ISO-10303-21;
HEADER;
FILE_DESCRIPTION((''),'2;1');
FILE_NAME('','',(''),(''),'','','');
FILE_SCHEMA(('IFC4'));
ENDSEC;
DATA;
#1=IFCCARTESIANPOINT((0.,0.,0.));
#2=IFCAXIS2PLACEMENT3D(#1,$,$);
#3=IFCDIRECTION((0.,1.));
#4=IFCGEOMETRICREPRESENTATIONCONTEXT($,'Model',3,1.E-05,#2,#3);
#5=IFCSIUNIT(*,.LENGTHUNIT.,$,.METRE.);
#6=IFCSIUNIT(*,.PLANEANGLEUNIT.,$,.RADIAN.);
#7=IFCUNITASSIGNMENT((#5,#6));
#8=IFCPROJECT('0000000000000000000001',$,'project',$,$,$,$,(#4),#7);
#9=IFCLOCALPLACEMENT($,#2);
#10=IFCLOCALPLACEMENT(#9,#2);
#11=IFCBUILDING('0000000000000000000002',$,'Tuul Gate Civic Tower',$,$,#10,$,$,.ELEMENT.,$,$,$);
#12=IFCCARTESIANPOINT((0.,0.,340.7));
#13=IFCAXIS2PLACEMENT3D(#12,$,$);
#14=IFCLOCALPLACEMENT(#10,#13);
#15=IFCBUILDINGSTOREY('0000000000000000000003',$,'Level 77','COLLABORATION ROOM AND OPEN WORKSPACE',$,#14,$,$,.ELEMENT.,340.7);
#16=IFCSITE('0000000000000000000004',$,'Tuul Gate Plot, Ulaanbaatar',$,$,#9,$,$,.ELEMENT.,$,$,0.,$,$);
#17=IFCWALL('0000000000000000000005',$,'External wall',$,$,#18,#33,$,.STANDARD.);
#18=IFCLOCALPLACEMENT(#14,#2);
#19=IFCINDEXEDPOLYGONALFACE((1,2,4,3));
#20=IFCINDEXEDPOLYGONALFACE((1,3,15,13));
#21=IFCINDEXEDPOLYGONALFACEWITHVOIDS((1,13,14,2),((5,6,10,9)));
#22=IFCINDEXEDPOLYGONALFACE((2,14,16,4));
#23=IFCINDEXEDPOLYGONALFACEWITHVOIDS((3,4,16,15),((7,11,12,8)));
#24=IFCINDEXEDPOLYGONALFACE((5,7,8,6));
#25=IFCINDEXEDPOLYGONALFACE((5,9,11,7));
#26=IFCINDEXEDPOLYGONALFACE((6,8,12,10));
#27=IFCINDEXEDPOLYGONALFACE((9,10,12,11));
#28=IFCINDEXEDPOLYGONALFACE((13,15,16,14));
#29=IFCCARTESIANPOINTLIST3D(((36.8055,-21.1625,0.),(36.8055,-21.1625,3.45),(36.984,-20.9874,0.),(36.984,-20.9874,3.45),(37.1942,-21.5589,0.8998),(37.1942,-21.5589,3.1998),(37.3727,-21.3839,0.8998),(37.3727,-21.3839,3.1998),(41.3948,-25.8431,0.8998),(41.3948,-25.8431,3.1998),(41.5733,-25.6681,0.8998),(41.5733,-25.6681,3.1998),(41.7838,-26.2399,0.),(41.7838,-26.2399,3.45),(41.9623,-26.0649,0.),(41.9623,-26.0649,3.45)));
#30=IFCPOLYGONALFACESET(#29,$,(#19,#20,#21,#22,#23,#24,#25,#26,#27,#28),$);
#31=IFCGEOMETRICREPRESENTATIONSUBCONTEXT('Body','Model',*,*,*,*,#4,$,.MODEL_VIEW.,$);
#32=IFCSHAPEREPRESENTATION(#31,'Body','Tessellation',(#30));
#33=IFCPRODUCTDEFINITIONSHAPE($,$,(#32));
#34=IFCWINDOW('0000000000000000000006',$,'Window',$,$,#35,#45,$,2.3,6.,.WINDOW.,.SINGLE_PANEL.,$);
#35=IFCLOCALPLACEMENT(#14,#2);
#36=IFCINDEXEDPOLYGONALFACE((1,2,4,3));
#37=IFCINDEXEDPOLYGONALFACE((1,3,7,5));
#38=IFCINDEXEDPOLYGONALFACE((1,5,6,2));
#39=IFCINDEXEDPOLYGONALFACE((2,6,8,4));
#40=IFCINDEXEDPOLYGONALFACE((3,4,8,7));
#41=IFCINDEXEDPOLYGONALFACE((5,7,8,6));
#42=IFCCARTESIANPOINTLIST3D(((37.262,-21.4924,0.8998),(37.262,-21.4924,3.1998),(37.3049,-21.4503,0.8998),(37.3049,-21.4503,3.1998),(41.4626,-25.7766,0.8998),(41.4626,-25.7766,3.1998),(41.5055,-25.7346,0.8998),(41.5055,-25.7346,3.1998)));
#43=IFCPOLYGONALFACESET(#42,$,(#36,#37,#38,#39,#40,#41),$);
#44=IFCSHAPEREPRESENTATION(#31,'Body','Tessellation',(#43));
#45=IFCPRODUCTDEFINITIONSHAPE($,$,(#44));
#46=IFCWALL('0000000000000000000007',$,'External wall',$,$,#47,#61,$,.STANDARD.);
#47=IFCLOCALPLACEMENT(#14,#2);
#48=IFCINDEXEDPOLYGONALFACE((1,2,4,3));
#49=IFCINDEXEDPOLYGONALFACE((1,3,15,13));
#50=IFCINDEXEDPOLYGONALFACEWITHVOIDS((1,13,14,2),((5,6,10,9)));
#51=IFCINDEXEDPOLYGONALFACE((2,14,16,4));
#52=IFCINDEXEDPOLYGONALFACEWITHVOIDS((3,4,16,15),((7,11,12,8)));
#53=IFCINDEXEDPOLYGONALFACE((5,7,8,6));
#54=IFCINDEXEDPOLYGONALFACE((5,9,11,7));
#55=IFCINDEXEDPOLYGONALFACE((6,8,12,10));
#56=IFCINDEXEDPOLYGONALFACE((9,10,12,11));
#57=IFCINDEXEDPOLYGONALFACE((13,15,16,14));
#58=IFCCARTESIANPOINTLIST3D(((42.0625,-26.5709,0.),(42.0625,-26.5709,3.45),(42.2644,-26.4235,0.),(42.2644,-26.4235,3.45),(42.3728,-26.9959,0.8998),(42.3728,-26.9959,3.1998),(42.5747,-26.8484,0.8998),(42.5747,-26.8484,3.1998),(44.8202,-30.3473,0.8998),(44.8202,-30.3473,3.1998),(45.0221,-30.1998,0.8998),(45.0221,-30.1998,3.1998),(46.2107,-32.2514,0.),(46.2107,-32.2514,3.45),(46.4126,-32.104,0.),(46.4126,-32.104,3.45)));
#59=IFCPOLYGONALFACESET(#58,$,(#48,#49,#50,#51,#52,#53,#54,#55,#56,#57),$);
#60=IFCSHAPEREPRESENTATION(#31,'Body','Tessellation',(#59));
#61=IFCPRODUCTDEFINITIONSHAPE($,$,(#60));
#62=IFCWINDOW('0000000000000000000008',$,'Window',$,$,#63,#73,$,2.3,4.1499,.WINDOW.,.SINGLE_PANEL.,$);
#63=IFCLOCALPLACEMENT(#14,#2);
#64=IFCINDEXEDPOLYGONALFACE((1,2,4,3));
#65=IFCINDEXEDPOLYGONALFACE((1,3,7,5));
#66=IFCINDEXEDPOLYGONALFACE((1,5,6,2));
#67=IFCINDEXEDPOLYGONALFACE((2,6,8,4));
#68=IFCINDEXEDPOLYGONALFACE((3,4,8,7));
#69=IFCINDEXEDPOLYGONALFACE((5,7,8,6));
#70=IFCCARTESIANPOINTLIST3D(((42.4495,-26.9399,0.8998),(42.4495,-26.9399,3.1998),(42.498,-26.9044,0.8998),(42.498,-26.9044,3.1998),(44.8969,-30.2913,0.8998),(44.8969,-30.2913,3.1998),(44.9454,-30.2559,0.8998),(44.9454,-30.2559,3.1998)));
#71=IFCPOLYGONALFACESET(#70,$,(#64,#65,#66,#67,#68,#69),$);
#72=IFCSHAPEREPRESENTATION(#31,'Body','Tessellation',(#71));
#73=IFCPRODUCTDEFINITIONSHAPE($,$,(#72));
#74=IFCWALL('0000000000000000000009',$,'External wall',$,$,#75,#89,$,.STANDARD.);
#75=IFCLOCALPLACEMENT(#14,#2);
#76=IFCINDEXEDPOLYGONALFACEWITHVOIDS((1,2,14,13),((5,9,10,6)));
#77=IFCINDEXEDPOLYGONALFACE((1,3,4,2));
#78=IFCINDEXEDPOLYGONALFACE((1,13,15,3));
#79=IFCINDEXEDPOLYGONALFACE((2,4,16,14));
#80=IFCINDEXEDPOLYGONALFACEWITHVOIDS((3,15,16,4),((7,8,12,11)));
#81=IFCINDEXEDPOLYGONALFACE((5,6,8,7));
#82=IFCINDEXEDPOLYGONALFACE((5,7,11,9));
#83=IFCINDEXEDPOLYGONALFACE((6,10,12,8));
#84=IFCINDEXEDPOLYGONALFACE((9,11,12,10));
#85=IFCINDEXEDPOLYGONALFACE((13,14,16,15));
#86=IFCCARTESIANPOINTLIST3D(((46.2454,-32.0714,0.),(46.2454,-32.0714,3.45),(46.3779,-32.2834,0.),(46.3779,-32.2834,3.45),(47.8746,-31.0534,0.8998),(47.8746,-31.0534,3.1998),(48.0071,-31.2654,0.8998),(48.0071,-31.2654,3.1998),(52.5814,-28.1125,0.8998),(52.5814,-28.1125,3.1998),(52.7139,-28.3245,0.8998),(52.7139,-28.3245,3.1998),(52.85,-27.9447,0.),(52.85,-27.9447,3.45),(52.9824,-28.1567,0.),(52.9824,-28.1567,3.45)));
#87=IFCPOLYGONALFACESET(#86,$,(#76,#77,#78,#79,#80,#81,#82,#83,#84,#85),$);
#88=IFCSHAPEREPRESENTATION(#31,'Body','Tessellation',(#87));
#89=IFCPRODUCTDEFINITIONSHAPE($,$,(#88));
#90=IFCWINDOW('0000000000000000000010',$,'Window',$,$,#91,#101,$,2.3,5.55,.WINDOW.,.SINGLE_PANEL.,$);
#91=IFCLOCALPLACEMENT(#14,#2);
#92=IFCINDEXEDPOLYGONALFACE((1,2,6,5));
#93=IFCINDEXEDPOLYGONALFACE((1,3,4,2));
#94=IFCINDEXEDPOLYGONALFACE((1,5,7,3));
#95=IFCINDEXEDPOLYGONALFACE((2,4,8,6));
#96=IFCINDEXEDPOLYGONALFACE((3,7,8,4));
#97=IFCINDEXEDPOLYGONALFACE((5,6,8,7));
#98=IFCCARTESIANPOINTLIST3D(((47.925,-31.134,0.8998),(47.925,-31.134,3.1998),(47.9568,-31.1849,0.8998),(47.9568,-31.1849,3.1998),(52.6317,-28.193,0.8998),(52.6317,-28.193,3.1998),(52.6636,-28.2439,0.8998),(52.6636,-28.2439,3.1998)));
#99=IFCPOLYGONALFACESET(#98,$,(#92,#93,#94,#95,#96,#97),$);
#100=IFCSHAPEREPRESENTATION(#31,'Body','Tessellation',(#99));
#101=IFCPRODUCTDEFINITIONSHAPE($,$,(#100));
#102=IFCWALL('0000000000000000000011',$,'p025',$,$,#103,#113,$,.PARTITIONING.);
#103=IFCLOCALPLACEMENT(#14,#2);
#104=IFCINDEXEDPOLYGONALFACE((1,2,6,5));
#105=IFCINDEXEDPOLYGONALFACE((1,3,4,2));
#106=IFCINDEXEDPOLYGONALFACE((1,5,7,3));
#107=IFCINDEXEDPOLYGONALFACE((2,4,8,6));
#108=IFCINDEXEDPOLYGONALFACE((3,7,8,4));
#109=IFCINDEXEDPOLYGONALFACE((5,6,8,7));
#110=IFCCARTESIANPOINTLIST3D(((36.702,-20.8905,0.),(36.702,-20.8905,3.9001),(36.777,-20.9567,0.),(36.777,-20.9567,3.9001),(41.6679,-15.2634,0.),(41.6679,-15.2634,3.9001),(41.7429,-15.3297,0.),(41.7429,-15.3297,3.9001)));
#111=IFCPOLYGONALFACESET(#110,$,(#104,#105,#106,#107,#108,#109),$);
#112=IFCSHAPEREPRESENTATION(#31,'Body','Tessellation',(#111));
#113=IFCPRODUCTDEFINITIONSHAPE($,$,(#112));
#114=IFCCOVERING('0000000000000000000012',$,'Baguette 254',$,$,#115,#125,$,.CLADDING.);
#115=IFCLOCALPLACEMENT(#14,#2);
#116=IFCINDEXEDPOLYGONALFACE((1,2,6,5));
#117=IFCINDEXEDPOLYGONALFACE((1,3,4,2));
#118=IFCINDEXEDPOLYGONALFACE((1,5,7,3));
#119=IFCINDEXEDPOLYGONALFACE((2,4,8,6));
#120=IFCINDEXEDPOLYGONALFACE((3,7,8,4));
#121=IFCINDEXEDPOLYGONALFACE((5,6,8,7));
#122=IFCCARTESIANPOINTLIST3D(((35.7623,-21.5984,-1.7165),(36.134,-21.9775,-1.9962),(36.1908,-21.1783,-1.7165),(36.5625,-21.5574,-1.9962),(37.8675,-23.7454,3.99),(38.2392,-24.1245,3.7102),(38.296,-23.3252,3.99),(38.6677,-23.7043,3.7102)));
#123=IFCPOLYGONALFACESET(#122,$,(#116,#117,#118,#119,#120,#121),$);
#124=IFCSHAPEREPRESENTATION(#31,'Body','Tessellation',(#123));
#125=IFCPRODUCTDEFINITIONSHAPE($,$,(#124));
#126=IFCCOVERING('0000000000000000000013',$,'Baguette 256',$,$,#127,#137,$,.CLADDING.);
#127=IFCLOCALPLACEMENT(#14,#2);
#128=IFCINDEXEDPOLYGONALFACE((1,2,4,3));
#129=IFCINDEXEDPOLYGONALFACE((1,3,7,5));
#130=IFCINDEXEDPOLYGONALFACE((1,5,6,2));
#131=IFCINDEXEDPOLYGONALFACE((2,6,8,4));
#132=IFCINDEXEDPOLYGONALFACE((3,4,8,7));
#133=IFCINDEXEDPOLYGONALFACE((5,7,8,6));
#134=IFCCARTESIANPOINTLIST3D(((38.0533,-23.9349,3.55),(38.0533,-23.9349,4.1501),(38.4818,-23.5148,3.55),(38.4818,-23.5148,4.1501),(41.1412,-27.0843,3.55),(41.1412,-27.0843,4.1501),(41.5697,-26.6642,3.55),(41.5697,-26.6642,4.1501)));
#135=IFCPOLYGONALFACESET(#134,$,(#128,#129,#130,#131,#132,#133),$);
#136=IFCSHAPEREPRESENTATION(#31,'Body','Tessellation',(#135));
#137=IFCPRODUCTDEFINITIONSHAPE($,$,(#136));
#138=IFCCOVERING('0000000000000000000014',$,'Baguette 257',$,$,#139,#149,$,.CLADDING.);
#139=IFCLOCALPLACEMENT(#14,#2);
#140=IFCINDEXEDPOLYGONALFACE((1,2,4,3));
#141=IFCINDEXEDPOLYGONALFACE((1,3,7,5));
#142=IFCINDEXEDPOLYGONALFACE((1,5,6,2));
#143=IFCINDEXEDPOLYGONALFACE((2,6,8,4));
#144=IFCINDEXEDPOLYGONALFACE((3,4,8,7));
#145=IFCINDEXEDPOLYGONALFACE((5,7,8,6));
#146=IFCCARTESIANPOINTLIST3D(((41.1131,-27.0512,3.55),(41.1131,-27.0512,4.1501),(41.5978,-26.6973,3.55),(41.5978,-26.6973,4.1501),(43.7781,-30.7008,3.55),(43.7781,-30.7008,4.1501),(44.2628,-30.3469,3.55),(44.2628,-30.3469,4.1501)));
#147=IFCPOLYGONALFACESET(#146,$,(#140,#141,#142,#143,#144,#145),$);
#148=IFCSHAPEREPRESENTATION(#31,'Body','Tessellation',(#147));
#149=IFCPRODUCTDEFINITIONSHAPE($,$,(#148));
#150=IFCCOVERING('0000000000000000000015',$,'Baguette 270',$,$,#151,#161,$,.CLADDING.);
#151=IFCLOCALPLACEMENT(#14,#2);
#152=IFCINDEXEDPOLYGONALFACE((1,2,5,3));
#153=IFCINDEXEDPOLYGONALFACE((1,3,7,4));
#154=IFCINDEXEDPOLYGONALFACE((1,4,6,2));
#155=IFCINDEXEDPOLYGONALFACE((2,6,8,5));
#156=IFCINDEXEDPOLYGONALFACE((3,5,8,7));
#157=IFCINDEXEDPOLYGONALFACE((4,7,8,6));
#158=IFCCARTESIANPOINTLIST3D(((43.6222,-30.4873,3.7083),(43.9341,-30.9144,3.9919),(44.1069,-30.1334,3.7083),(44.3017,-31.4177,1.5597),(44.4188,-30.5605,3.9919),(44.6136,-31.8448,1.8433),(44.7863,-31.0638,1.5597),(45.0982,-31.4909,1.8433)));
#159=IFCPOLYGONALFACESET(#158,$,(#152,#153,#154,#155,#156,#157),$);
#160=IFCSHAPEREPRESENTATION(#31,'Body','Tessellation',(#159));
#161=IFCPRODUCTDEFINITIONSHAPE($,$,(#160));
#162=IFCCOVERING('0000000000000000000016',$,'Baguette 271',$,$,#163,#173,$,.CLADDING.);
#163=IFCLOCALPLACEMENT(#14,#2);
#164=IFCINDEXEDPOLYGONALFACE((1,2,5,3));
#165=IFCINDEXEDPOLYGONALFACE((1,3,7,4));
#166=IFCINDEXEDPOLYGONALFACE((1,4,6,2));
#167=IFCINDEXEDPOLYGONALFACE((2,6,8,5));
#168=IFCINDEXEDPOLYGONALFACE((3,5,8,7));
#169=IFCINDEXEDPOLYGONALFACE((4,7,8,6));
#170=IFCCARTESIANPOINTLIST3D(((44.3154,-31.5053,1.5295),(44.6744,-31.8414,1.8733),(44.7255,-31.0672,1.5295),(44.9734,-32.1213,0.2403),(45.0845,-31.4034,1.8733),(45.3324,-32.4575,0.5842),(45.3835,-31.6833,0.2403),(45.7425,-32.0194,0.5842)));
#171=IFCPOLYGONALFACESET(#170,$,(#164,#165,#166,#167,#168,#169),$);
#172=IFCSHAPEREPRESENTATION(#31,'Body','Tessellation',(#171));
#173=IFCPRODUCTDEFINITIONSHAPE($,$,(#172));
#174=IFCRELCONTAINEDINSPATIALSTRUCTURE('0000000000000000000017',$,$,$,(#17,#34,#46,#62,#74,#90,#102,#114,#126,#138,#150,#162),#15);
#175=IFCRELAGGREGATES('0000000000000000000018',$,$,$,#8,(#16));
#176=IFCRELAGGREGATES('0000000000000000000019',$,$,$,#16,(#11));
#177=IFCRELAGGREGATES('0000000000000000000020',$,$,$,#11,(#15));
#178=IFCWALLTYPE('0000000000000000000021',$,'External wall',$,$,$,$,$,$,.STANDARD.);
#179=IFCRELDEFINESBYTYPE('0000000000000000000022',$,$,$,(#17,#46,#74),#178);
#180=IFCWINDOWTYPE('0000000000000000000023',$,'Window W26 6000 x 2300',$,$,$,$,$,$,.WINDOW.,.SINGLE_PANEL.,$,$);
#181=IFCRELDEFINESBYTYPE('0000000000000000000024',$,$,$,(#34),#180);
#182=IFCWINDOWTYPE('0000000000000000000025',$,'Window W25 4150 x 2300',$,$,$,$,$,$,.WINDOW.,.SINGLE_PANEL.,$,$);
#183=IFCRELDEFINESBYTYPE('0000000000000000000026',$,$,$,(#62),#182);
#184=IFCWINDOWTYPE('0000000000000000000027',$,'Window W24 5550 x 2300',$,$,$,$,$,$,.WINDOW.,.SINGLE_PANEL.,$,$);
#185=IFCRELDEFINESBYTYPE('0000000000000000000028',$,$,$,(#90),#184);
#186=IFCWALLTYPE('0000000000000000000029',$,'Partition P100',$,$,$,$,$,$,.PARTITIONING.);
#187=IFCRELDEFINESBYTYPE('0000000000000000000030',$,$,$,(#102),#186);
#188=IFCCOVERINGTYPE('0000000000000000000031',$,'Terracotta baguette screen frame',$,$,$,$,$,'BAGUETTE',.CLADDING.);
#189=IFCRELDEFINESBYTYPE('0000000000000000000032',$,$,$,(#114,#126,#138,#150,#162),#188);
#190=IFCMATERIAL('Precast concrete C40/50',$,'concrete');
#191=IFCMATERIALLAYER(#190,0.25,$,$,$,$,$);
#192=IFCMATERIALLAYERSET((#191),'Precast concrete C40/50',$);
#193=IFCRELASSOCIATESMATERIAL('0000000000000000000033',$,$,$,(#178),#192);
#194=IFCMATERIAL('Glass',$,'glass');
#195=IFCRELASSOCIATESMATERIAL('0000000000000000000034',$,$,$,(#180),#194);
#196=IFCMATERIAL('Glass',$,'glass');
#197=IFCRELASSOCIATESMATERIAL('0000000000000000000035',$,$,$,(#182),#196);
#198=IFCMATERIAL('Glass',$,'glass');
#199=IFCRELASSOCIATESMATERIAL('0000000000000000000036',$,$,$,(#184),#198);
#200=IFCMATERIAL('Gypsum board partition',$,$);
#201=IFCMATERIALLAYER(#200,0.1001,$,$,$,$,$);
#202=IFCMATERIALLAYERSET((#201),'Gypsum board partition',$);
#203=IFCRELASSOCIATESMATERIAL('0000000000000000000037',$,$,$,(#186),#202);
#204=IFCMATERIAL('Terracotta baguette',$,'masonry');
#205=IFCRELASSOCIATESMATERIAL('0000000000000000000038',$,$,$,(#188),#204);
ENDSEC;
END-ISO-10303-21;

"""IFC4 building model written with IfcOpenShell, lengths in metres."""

from ifc_helpers import new_model, si_unit, direction, frame, frame_2d, origin, origin_2d, place, context, subcontext, project, spatial, rectangle, extrude, material, layer, layer_set, material_profile, profile_set, type_object, element, fill, save


model = new_model("IFC4")

# Units and contexts
model_context = context("Model", 3, precision=1e-05, world=origin(), true_north=direction((0.0, 1.0)))
body_context = subcontext(model_context, "Body", "Model", "MODEL_VIEW")
ifc_project = project(units=[si_unit("LENGTHUNIT", "METRE"), si_unit("PLANEANGLEUNIT", "RADIAN")], contexts=[model_context])

# Site, building, storey
site_placement = place(None, origin())
site = spatial("IfcSite", under=ifc_project, at=site_placement, Name="Tuul Gate Plot, Ulaanbaatar", CompositionType="ELEMENT", RefElevation=0.0)
building_placement = place(site_placement, origin())
building = spatial("IfcBuilding", under=site, at=building_placement, Name="Tuul Gate Civic Tower", CompositionType="ELEMENT")
storey_placement = place(building_placement, frame((0.0, 0.0, 340.7)))
storey = spatial("IfcBuildingStorey", under=building, at=storey_placement, Name="Level 77", Description="COLLABORATION ROOM AND OPEN WORKSPACE", CompositionType="ELEMENT", Elevation=340.7)

# Walls, openings, windows
ifc_material_1 = material(Name="Precast concrete C40/50", Category="concrete")
ifc_layer_1 = layer(ifc_material_1, 0.25)
ifc_layer_set_1 = layer_set([ifc_layer_1], Name="Precast concrete C40/50")
wall_type_1 = type_object("IfcWallType", Name="External wall", PredefinedType="STANDARD", material=ifc_layer_set_1)
wall_1_placement = place(storey_placement, frame((36.8948, -21.075, 0.0), z_axis=(0.0, 0.0, 1.0), x_axis=(0.700103, -0.714042, 0.0)))
wall_1 = element("IfcWall", 1, at=wall_1_placement, inside=storey, type_object=wall_type_1, Name="External wall", PredefinedType="STANDARD", context=body_context, shape_type="SweptSolid", body=[
    extrude(rectangle(XDim=7.1108, YDim=0.25, at=frame_2d((3.5554, 0.0))), origin(), (0.0, 0.0, 1.0), 3.45),
])
opening_1_placement = place(wall_1_placement, frame((0.5552, 0.0, 0.8999)))
opening_1 = element("IfcOpeningElement", 2, at=opening_1_placement, cuts=wall_1, PredefinedType="OPENING", context=body_context, shape_type="SweptSolid", body=[
    extrude(rectangle(XDim=6.0, YDim=2.3, at=frame_2d((3.0, 1.1499))), frame((0.0, 0.135, 0.0), z_axis=(0.0, -1.0, 0.0), x_axis=(1.0, 0.0, 0.0)), (0.0, 0.0, 1.0), 0.27),
])
ifc_material_2 = material(Name="Glass", Category="glass")
window_type_1 = type_object("IfcWindowType", Name="Window W26 6000 x 2300", PartitioningType="SINGLE_PANEL", PredefinedType="WINDOW", material=ifc_material_2)
window_1_placement = place(opening_1_placement, origin())
window_1 = element("IfcWindow", 3, at=window_1_placement, inside=storey, type_object=window_type_1, Name="Window", OverallHeight=2.3, OverallWidth=6.0, PartitioningType="SINGLE_PANEL", PredefinedType="WINDOW", context=body_context, shape_type="SweptSolid", body=[
    extrude(rectangle(XDim=6.0, YDim=2.3, at=frame_2d((3.0, 1.1499))), frame((0.0, 0.03, 0.0), z_axis=(0.0, -1.0, 0.0), x_axis=(1.0, 0.0, 0.0)), (0.0, 0.0, 1.0), 0.0601),
])
fill(opening_1, window_1)
wall_2_placement = place(storey_placement, frame((42.1633, -26.4971, 0.0), z_axis=(0.0, 0.0, 1.0), x_axis=(0.589749, -0.807586, 0.0)))
wall_2 = element("IfcWall", 4, at=wall_2_placement, inside=storey, type_object=wall_type_1, Name="External wall", PredefinedType="STANDARD", context=body_context, shape_type="SweptSolid", body=[
    extrude(rectangle(XDim=7.0339, YDim=0.25, at=frame_2d((3.5171, 0.0))), origin(), (0.0, 0.0, 1.0), 3.45),
])
opening_2_placement = place(wall_2_placement, frame((0.5264, 0.0, 0.8999)))
opening_2 = element("IfcOpeningElement", 5, at=opening_2_placement, cuts=wall_2, PredefinedType="OPENING", context=body_context, shape_type="SweptSolid", body=[
    extrude(rectangle(XDim=4.1499, YDim=2.3, at=frame_2d((2.075, 1.1499))), frame((0.0, 0.135, 0.0), z_axis=(0.0, -1.0, 0.0), x_axis=(1.0, 0.0, 0.0)), (0.0, 0.0, 1.0), 0.27),
])
ifc_material_3 = material(Name="Glass", Category="glass")
window_type_2 = type_object("IfcWindowType", Name="Window W25 4150 x 2300", PartitioningType="SINGLE_PANEL", PredefinedType="WINDOW", material=ifc_material_3)
window_2_placement = place(opening_2_placement, origin())
window_2 = element("IfcWindow", 6, at=window_2_placement, inside=storey, type_object=window_type_2, Name="Window", OverallHeight=2.3, OverallWidth=4.1499, PartitioningType="SINGLE_PANEL", PredefinedType="WINDOW", context=body_context, shape_type="SweptSolid", body=[
    extrude(rectangle(XDim=4.1499, YDim=2.3, at=frame_2d((2.075, 1.1499))), frame((0.0, 0.03, 0.0), z_axis=(0.0, -1.0, 0.0), x_axis=(1.0, 0.0, 0.0)), (0.0, 0.0, 1.0), 0.0601),
])
fill(opening_2, window_2)
wall_3_placement = place(storey_placement, frame((46.3115, -32.1775, 0.0), z_axis=(0.0, 0.0, 1.0), x_axis=(0.848062, 0.529897, 0.0)))
wall_3 = element("IfcWall", 7, at=wall_3_placement, inside=storey, type_object=wall_type_1, Name="External wall", PredefinedType="STANDARD", context=body_context, shape_type="SweptSolid", body=[
    extrude(rectangle(XDim=7.7878, YDim=0.25, at=frame_2d((3.894, 0.0))), origin(), (0.0, 0.0, 1.0), 3.45),
])
opening_3_placement = place(wall_3_placement, frame((1.9214, 0.0, 0.8999)))
opening_3 = element("IfcOpeningElement", 8, at=opening_3_placement, cuts=wall_3, PredefinedType="OPENING", context=body_context, shape_type="SweptSolid", body=[
    extrude(rectangle(XDim=5.55, YDim=2.3, at=frame_2d((2.7749, 1.1499))), frame((0.0, 0.135, 0.0), z_axis=(0.0, -1.0, 0.0), x_axis=(1.0, 0.0, 0.0)), (0.0, 0.0, 1.0), 0.27),
])
ifc_material_4 = material(Name="Glass", Category="glass")
window_type_3 = type_object("IfcWindowType", Name="Window W24 5550 x 2300", PartitioningType="SINGLE_PANEL", PredefinedType="WINDOW", material=ifc_material_4)
window_3_placement = place(opening_3_placement, origin())
window_3 = element("IfcWindow", 9, at=window_3_placement, inside=storey, type_object=window_type_3, Name="Window", OverallHeight=2.3, OverallWidth=5.55, PartitioningType="SINGLE_PANEL", PredefinedType="WINDOW", context=body_context, shape_type="SweptSolid", body=[
    extrude(rectangle(XDim=5.55, YDim=2.3, at=frame_2d((2.7749, 1.1499))), frame((0.0, 0.03, 0.0), z_axis=(0.0, -1.0, 0.0), x_axis=(1.0, 0.0, 0.0)), (0.0, 0.0, 1.0), 0.0601),
])
fill(opening_3, window_3)

# Wall
ifc_material_5 = material(Name="Gypsum board partition")
ifc_layer_2 = layer(ifc_material_5, 0.1001)
ifc_layer_set_2 = layer_set([ifc_layer_2], Name="Gypsum board partition")
wall_type_2 = type_object("IfcWallType", Name="Partition P100", PredefinedType="PARTITIONING", material=ifc_layer_set_2)
wall_4_placement = place(storey_placement, frame((36.7395, -20.9236, 0.0), z_axis=(0.0, 0.0, 1.0), x_axis=(0.661686, 0.749781, 0.0)))
element("IfcWall", 10, at=wall_4_placement, inside=storey, type_object=wall_type_2, Name="p025", PredefinedType="PARTITIONING", context=body_context, shape_type="SweptSolid", body=[
    extrude(rectangle(XDim=7.5049, YDim=0.1001, at=frame_2d((3.7524, 0.0))), origin(), (0.0, 0.0, 1.0), 3.9001),
])

# Coverings
ifc_material_6 = material(Name="Terracotta baguette", Category="masonry")
ifc_material_profile_1 = material_profile(ifc_material_6, rectangle(XDim=0.6001, YDim=0.6001, at=origin_2d()), Name="Terracotta baguette screen frame")
ifc_profile_set_1 = profile_set([ifc_material_profile_1], Name="Terracotta baguette")
covering_type = type_object("IfcCoveringType", Name="Terracotta baguette screen frame", ElementType="BAGUETTE", PredefinedType="CLADDING", material=ifc_profile_set_1)
covering_1_placement = place(storey_placement, frame((38.2676, -23.7249, 3.8501), z_axis=(-0.326377, 0.33285, -0.884697), x_axis=(-0.714015, -0.700131, 0.0)))
element("IfcCovering", 11, at=covering_1_placement, inside=storey, type_object=covering_type, Name="Baguette 254", PredefinedType="CLADDING", context=body_context, shape_type="SweptSolid", body=[
    extrude(rectangle(XDim=0.6001, YDim=0.6001, at=origin_2d()), origin(), (0.0, 0.0, 1.0), 6.4502),
])
covering_2_placement = place(storey_placement, frame((38.2676, -23.7249, 3.8501), z_axis=(0.700098, -0.714047, 0.0), x_axis=(0.714047, 0.700098, 0.0)))
element("IfcCovering", 12, at=covering_2_placement, inside=storey, type_object=covering_type, Name="Baguette 256", PredefinedType="CLADDING", context=body_context, shape_type="SweptSolid", body=[
    extrude(rectangle(XDim=0.6001, YDim=0.6001, at=origin_2d()), origin(), (0.0, 0.0, 1.0), 4.4106),
])
covering_3_placement = place(storey_placement, frame((41.3555, -26.8743, 3.8501), z_axis=(0.589725, -0.807604, 0.0), x_axis=(0.807604, 0.589725, 0.0)))
element("IfcCovering", 13, at=covering_3_placement, inside=storey, type_object=covering_type, Name="Baguette 257", PredefinedType="CLADDING", context=body_context, shape_type="SweptSolid", body=[
    extrude(rectangle(XDim=0.6001, YDim=0.6001, at=origin_2d()), origin(), (0.0, 0.0, 1.0), 4.519),
])
covering_4_placement = place(storey_placement, frame((44.0205, -30.5239, 3.8501), z_axis=(0.278681, -0.381622, -0.881306), x_axis=(0.807589, 0.589746, 0.0)))
element("IfcCovering", 14, at=covering_4_placement, inside=storey, type_object=covering_type, Name="Baguette 270", PredefinedType="CLADDING", context=body_context, shape_type="SweptSolid", body=[
    extrude(rectangle(XDim=0.6001, YDim=0.6001, at=origin_2d()), origin(), (0.0, 0.0, 1.0), 2.438),
])
covering_5_placement = place(storey_placement, frame((44.7, -31.4543, 1.7014), z_axis=(0.41831, -0.391613, -0.819546), x_axis=(0.683427, 0.730019, 0.0)))
element("IfcCovering", 15, at=covering_5_placement, inside=storey, type_object=covering_type, Name="Baguette 271", PredefinedType="CLADDING", context=body_context, shape_type="SweptSolid", body=[
    extrude(rectangle(XDim=0.6001, YDim=0.6001, at=origin_2d()), origin(), (0.0, 0.0, 1.0), 1.573),
])

save(model, "model.ifc")
